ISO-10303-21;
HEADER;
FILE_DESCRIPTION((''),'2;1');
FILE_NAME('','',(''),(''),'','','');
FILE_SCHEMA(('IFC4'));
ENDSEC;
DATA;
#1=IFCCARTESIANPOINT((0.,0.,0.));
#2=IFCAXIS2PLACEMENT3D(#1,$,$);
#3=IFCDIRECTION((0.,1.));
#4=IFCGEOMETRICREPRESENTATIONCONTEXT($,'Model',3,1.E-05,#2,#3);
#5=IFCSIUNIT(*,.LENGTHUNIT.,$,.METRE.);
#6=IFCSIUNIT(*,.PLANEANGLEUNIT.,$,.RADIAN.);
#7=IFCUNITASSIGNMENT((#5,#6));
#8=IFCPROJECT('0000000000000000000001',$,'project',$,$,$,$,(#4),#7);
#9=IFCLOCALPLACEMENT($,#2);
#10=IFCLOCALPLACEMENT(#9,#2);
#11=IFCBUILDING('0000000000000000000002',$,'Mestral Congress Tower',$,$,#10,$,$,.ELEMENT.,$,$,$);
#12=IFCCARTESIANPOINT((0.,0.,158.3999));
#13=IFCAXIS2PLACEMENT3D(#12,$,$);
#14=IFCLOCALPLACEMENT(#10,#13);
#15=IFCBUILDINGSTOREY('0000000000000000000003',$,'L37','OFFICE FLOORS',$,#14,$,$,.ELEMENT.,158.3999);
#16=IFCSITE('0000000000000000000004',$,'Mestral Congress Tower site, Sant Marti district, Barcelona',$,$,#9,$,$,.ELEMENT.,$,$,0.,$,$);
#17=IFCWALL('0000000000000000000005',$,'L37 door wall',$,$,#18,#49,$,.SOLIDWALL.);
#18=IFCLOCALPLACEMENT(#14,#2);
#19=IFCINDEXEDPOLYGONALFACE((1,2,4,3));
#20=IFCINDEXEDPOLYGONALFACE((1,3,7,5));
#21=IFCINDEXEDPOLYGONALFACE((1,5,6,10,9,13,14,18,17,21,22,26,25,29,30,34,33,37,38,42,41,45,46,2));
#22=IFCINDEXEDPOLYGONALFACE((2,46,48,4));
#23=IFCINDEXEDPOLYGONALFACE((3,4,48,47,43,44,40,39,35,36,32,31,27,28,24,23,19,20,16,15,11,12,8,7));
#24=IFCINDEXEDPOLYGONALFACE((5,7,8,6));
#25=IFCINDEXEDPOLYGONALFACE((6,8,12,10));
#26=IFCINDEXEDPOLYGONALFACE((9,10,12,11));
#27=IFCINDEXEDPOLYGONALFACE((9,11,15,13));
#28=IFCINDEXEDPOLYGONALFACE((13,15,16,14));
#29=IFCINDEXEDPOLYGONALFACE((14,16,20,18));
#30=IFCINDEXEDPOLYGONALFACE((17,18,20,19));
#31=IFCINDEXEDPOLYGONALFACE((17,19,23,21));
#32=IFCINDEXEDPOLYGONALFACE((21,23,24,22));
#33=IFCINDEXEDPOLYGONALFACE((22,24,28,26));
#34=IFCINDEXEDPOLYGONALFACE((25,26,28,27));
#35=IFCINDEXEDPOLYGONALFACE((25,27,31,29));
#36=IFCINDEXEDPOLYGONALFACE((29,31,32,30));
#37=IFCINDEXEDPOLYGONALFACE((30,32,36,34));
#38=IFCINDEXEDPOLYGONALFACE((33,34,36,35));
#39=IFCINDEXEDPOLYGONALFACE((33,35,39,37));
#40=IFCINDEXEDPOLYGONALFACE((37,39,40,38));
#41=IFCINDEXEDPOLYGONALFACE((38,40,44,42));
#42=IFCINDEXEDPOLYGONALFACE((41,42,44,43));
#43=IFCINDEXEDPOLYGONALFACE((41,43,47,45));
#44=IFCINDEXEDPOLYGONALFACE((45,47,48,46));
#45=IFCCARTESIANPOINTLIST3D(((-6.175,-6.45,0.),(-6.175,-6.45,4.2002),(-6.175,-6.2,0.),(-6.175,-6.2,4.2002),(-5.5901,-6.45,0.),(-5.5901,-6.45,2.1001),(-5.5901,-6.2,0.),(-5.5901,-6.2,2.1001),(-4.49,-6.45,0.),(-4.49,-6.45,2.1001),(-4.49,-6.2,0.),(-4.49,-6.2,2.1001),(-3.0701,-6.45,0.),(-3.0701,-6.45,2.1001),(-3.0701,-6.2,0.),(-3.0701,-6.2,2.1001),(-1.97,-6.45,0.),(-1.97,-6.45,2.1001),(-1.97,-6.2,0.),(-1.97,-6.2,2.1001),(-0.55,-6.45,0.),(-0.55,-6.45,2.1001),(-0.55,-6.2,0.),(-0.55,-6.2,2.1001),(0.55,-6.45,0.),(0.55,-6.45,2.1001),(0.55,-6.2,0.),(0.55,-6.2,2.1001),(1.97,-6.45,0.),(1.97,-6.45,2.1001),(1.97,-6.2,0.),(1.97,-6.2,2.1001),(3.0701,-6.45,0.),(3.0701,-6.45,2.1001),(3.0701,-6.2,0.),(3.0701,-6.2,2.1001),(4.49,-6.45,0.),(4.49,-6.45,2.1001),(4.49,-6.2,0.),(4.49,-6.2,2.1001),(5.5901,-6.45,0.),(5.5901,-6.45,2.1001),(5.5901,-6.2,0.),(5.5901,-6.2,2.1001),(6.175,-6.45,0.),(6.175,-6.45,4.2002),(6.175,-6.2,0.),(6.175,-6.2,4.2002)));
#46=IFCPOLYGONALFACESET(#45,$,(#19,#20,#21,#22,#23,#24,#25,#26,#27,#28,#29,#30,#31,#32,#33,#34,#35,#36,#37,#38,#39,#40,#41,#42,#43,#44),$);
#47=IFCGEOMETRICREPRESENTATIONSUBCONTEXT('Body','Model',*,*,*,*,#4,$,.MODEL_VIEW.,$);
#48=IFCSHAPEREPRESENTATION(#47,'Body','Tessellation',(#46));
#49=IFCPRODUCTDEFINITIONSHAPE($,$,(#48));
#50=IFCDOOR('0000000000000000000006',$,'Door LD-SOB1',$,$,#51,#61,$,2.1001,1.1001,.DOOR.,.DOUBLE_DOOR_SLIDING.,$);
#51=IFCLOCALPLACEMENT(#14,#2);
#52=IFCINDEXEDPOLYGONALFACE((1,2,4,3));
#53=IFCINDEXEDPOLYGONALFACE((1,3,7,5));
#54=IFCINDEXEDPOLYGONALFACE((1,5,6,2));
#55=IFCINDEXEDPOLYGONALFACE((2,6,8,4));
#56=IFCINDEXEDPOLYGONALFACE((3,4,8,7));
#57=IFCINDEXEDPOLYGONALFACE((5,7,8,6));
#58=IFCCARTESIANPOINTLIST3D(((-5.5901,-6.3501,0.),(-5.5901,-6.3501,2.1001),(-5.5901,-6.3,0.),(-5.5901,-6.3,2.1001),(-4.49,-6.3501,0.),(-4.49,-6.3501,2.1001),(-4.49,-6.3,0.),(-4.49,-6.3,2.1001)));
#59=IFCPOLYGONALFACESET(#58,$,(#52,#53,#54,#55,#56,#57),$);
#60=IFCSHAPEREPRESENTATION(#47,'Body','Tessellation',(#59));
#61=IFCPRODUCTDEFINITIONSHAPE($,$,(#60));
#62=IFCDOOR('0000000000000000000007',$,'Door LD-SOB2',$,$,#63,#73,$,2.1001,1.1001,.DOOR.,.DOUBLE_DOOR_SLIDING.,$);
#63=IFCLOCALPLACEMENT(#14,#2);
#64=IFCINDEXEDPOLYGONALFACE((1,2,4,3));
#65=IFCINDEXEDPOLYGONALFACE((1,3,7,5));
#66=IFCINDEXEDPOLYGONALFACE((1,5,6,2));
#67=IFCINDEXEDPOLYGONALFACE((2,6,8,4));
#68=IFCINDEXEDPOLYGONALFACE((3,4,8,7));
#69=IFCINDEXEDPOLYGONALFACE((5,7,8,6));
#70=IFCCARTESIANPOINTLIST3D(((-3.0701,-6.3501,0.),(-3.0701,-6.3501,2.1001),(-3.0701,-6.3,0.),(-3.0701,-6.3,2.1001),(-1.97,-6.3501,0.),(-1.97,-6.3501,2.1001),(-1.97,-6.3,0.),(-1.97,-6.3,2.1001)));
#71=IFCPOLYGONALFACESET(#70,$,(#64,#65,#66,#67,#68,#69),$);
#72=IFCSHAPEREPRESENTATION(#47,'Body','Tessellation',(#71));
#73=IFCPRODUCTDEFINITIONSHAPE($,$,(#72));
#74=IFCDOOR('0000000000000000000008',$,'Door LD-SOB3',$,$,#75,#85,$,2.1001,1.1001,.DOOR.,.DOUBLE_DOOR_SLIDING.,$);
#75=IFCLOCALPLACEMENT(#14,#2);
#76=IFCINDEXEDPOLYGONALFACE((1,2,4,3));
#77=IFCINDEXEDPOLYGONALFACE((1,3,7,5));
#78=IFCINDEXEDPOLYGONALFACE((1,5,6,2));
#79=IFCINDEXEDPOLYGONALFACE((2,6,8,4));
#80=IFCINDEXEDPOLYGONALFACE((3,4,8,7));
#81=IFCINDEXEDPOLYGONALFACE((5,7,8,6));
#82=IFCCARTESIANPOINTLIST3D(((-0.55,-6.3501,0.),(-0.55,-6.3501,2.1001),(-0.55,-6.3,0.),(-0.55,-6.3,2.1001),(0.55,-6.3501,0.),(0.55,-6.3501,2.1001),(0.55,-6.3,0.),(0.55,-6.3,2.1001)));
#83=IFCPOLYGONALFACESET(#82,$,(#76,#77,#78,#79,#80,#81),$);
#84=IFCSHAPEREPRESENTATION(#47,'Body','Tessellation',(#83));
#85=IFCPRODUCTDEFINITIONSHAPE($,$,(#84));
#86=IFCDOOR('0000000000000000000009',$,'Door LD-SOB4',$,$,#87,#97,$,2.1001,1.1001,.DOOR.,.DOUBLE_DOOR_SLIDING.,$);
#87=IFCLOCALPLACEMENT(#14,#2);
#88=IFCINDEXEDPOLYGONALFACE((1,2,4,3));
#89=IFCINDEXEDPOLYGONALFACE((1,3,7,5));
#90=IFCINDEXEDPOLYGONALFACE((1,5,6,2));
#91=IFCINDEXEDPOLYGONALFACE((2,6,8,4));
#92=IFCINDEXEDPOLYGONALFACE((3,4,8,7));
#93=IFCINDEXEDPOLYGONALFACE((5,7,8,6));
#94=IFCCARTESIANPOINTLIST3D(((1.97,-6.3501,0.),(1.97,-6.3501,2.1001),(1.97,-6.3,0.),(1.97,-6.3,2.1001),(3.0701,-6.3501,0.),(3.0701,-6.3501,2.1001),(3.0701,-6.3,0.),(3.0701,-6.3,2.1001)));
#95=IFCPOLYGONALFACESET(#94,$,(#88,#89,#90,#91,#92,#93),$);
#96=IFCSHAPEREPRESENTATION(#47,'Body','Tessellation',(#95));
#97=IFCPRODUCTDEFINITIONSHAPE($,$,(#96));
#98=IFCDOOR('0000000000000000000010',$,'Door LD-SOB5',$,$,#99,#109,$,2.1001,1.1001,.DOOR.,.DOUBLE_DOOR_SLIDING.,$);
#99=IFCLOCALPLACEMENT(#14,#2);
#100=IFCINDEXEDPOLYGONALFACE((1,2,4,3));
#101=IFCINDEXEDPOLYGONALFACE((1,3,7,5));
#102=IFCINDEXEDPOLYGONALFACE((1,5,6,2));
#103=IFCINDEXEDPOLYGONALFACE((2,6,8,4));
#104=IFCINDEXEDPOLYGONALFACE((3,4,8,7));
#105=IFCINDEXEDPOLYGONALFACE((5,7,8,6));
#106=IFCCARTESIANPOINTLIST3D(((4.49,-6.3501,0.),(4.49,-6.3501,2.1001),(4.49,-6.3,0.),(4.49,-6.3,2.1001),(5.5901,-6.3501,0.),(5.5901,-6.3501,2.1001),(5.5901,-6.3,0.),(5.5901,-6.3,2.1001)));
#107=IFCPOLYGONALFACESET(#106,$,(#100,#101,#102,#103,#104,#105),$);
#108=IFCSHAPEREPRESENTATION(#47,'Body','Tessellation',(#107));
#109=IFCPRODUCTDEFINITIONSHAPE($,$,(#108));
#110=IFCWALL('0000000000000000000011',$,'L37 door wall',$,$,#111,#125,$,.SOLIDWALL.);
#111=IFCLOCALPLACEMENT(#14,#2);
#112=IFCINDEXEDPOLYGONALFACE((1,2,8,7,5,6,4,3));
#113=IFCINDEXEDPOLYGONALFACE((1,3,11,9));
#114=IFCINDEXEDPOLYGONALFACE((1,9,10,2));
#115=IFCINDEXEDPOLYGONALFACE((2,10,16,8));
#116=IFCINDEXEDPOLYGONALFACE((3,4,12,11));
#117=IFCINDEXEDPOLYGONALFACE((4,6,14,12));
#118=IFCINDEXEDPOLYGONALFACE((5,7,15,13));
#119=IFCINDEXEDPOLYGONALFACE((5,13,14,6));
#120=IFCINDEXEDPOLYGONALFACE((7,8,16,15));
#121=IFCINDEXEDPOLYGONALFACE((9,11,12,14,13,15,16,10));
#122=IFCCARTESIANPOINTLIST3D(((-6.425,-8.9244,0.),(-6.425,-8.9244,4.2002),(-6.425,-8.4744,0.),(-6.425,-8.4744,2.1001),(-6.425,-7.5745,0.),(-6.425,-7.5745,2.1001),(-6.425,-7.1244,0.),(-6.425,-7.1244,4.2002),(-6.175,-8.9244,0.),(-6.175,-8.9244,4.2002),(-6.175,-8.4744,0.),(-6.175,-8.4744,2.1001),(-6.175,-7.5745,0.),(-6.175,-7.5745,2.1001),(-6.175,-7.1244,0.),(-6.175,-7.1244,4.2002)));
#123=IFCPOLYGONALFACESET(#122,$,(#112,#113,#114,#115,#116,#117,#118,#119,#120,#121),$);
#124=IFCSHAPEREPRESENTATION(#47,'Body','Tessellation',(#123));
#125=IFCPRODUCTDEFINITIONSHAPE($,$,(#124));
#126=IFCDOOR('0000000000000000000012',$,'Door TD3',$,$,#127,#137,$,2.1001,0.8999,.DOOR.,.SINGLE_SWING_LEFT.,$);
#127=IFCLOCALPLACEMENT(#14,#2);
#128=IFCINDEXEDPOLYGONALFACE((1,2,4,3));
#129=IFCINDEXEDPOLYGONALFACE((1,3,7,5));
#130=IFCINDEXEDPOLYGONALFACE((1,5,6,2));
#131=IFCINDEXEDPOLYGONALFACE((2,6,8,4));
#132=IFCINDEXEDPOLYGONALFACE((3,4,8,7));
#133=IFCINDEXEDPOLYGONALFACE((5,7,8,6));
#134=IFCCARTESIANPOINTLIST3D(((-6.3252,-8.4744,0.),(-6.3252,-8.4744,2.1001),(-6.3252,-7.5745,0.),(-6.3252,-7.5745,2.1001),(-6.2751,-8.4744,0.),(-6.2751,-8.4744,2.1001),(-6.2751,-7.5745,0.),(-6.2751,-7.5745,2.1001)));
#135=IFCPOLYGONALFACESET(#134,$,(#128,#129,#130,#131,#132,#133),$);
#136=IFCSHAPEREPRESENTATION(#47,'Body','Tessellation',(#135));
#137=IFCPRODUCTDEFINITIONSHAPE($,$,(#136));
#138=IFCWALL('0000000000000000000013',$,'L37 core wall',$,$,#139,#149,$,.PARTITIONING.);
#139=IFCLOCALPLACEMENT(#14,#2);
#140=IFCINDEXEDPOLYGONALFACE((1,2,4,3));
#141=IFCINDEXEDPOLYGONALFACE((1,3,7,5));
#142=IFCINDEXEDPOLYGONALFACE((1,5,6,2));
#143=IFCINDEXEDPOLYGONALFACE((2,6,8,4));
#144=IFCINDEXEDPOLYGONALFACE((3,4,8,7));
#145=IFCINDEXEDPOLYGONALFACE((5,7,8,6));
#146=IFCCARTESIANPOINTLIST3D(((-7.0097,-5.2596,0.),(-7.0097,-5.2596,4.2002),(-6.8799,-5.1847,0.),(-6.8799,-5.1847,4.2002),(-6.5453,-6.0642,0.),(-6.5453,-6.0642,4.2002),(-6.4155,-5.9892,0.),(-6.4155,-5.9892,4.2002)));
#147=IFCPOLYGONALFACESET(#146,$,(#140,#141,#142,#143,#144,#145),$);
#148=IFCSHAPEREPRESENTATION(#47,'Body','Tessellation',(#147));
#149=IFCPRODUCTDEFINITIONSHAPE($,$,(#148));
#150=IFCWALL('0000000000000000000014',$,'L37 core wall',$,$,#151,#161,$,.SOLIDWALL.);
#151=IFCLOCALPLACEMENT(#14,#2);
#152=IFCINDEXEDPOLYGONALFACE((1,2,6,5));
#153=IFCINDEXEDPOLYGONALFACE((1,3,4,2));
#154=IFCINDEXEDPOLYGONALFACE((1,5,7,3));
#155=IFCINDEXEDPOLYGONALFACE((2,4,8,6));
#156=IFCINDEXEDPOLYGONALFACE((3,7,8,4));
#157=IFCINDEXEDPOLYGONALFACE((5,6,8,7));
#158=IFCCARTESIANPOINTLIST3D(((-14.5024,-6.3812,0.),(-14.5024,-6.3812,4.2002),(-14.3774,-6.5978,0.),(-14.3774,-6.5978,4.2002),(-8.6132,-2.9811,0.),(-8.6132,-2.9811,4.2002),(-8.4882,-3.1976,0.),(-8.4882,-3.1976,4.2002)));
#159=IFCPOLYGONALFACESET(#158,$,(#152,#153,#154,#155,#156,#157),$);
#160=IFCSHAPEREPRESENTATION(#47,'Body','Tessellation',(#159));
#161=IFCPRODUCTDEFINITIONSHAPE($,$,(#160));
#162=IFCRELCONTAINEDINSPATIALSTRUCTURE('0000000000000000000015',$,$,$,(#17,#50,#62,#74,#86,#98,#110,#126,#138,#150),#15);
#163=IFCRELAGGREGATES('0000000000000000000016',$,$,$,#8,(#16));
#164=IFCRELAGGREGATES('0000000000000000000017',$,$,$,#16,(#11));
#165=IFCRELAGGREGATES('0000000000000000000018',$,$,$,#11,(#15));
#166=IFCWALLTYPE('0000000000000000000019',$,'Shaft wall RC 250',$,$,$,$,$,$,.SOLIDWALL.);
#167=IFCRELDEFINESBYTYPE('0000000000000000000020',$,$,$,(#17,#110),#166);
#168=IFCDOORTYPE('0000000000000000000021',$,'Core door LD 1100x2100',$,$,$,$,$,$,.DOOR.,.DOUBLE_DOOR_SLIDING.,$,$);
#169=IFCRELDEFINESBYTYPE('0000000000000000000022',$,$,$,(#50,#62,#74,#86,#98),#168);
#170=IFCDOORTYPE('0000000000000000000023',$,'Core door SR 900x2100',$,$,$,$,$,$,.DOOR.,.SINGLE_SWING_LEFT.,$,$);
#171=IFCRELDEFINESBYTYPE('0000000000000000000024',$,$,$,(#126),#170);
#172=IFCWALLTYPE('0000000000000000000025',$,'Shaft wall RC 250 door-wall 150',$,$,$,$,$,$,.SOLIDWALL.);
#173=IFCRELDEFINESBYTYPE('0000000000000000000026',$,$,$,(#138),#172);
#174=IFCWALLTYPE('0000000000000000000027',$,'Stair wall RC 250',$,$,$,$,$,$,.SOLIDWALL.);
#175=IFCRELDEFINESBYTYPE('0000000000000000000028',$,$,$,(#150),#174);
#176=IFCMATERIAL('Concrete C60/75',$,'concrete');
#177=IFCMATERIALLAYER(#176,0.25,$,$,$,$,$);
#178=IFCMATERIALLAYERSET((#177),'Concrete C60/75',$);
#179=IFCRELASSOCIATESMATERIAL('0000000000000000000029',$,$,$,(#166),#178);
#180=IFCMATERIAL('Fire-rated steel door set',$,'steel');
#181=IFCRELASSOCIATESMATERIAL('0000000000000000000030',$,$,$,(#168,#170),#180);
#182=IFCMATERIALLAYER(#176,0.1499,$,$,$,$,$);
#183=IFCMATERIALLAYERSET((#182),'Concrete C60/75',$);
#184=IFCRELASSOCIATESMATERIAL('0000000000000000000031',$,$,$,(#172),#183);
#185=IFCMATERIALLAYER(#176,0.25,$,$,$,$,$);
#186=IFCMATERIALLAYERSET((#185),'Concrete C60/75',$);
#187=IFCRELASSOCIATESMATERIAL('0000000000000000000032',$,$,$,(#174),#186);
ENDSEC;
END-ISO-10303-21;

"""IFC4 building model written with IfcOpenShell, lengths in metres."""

from ifc_helpers import new_model, si_unit, direction, frame, frame_2d, origin, place, context, subcontext, project, spatial, rectangle, extrude, material, layer, layer_set, type_object, element, fill, save


model = new_model("IFC4")

# Units and contexts
model_context = context("Model", 3, precision=1e-05, world=origin(), true_north=direction((0.0, 1.0)))
body_context = subcontext(model_context, "Body", "Model", "MODEL_VIEW")
ifc_project = project(units=[si_unit("LENGTHUNIT", "METRE"), si_unit("PLANEANGLEUNIT", "RADIAN")], contexts=[model_context])

# Site, building, storey
site_placement = place(None, origin())
site = spatial("IfcSite", under=ifc_project, at=site_placement, Name="Mestral Congress Tower site, Sant Marti district, Barcelona", CompositionType="ELEMENT", RefElevation=0.0)
building_placement = place(site_placement, origin())
building = spatial("IfcBuilding", under=site, at=building_placement, Name="Mestral Congress Tower", CompositionType="ELEMENT")
storey_placement = place(building_placement, frame((0.0, 0.0, 158.3999)))
storey = spatial("IfcBuildingStorey", under=building, at=storey_placement, Name="L37", Description="OFFICE FLOORS", CompositionType="ELEMENT", Elevation=158.3999)

# Shared definitions
ifc_material_1 = material(Name="Fire-rated steel door set", Category="steel")

# Shared definitions
ifc_material_2 = material(Name="Concrete C60/75", Category="concrete")
ifc_layer_1 = layer(ifc_material_2, 0.25)
ifc_layer_set_1 = layer_set([ifc_layer_1], Name="Concrete C60/75")
wall_type_1 = type_object("IfcWallType", Name="Shaft wall RC 250", PredefinedType="SOLIDWALL", material=ifc_layer_set_1)

# Wall, openings, doors
wall_1_placement = place(storey_placement, frame((-6.175, -6.325, 0.0), z_axis=(0.0, 0.0, 1.0), x_axis=(1.0, 0.0, 0.0)))
wall_1 = element("IfcWall", 1, at=wall_1_placement, inside=storey, type_object=wall_type_1, Name="L37 door wall", PredefinedType="SOLIDWALL", context=body_context, shape_type="SweptSolid", body=[
    extrude(rectangle(XDim=12.3501, YDim=0.25, at=frame_2d((6.175, 0.0))), origin(), (0.0, 0.0, 1.0), 4.2002),
])
opening_1_placement = place(wall_1_placement, frame((0.585, 0.0, 0.0)))
opening_1 = element("IfcOpeningElement", 2, at=opening_1_placement, cuts=wall_1, PredefinedType="OPENING", context=body_context, shape_type="SweptSolid", body=[
    extrude(rectangle(XDim=1.1001, YDim=2.1001, at=frame_2d((0.55, 1.05))), frame((0.0, 0.135, 0.0), z_axis=(0.0, -1.0, 0.0), x_axis=(1.0, 0.0, 0.0)), (0.0, 0.0, 1.0), 0.27),
])
opening_2_placement = place(wall_1_placement, frame((3.105, 0.0, 0.0)))
opening_2 = element("IfcOpeningElement", 3, at=opening_2_placement, cuts=wall_1, PredefinedType="OPENING", context=body_context, shape_type="SweptSolid", body=[
    extrude(rectangle(XDim=1.1001, YDim=2.1001, at=frame_2d((0.55, 1.05))), frame((0.0, 0.135, 0.0), z_axis=(0.0, -1.0, 0.0), x_axis=(1.0, 0.0, 0.0)), (0.0, 0.0, 1.0), 0.27),
])
opening_3_placement = place(wall_1_placement, frame((5.625, 0.0, 0.0)))
opening_3 = element("IfcOpeningElement", 4, at=opening_3_placement, cuts=wall_1, PredefinedType="OPENING", context=body_context, shape_type="SweptSolid", body=[
    extrude(rectangle(XDim=1.1001, YDim=2.1001, at=frame_2d((0.55, 1.05))), frame((0.0, 0.135, 0.0), z_axis=(0.0, -1.0, 0.0), x_axis=(1.0, 0.0, 0.0)), (0.0, 0.0, 1.0), 0.27),
])
opening_4_placement = place(wall_1_placement, frame((8.145, 0.0, 0.0)))
opening_4 = element("IfcOpeningElement", 5, at=opening_4_placement, cuts=wall_1, PredefinedType="OPENING", context=body_context, shape_type="SweptSolid", body=[
    extrude(rectangle(XDim=1.1001, YDim=2.1001, at=frame_2d((0.55, 1.05))), frame((0.0, 0.135, 0.0), z_axis=(0.0, -1.0, 0.0), x_axis=(1.0, 0.0, 0.0)), (0.0, 0.0, 1.0), 0.27),
])
opening_5_placement = place(wall_1_placement, frame((10.665, 0.0, 0.0)))
opening_5 = element("IfcOpeningElement", 6, at=opening_5_placement, cuts=wall_1, PredefinedType="OPENING", context=body_context, shape_type="SweptSolid", body=[
    extrude(rectangle(XDim=1.1001, YDim=2.1001, at=frame_2d((0.55, 1.05))), frame((0.0, 0.135, 0.0), z_axis=(0.0, -1.0, 0.0), x_axis=(1.0, 0.0, 0.0)), (0.0, 0.0, 1.0), 0.27),
])
door_type_1 = type_object("IfcDoorType", Name="Core door LD 1100x2100", OperationType="DOUBLE_DOOR_SLIDING", PredefinedType="DOOR", material=ifc_material_1)
door_1_placement = place(opening_1_placement, origin())
door_1 = element("IfcDoor", 7, at=door_1_placement, inside=storey, type_object=door_type_1, Name="Door LD-SOB1", OperationType="DOUBLE_DOOR_SLIDING", OverallHeight=2.1001, OverallWidth=1.1001, PredefinedType="DOOR", context=body_context, shape_type="SweptSolid", body=[
    extrude(rectangle(XDim=1.1001, YDim=2.1001, at=frame_2d((0.55, 1.05))), frame((0.0, 0.0249, 0.0), z_axis=(0.0, -1.0, 0.0), x_axis=(1.0, 0.0, 0.0)), (0.0, 0.0, 1.0), 0.05),
])
fill(opening_1, door_1)
door_2_placement = place(opening_2_placement, origin())
door_2 = element("IfcDoor", 8, at=door_2_placement, inside=storey, type_object=door_type_1, Name="Door LD-SOB2", OperationType="DOUBLE_DOOR_SLIDING", OverallHeight=2.1001, OverallWidth=1.1001, PredefinedType="DOOR", context=body_context, shape_type="SweptSolid", body=[
    extrude(rectangle(XDim=1.1001, YDim=2.1001, at=frame_2d((0.55, 1.05))), frame((0.0, 0.0249, 0.0), z_axis=(0.0, -1.0, 0.0), x_axis=(1.0, 0.0, 0.0)), (0.0, 0.0, 1.0), 0.05),
])
fill(opening_2, door_2)
door_3_placement = place(opening_3_placement, origin())
door_3 = element("IfcDoor", 9, at=door_3_placement, inside=storey, type_object=door_type_1, Name="Door LD-SOB3", OperationType="DOUBLE_DOOR_SLIDING", OverallHeight=2.1001, OverallWidth=1.1001, PredefinedType="DOOR", context=body_context, shape_type="SweptSolid", body=[
    extrude(rectangle(XDim=1.1001, YDim=2.1001, at=frame_2d((0.55, 1.05))), frame((0.0, 0.0249, 0.0), z_axis=(0.0, -1.0, 0.0), x_axis=(1.0, 0.0, 0.0)), (0.0, 0.0, 1.0), 0.05),
])
fill(opening_3, door_3)
door_4_placement = place(opening_4_placement, origin())
door_4 = element("IfcDoor", 10, at=door_4_placement, inside=storey, type_object=door_type_1, Name="Door LD-SOB4", OperationType="DOUBLE_DOOR_SLIDING", OverallHeight=2.1001, OverallWidth=1.1001, PredefinedType="DOOR", context=body_context, shape_type="SweptSolid", body=[
    extrude(rectangle(XDim=1.1001, YDim=2.1001, at=frame_2d((0.55, 1.05))), frame((0.0, 0.0249, 0.0), z_axis=(0.0, -1.0, 0.0), x_axis=(1.0, 0.0, 0.0)), (0.0, 0.0, 1.0), 0.05),
])
fill(opening_4, door_4)
door_5_placement = place(opening_5_placement, origin())
door_5 = element("IfcDoor", 11, at=door_5_placement, inside=storey, type_object=door_type_1, Name="Door LD-SOB5", OperationType="DOUBLE_DOOR_SLIDING", OverallHeight=2.1001, OverallWidth=1.1001, PredefinedType="DOOR", context=body_context, shape_type="SweptSolid", body=[
    extrude(rectangle(XDim=1.1001, YDim=2.1001, at=frame_2d((0.55, 1.05))), frame((0.0, 0.0249, 0.0), z_axis=(0.0, -1.0, 0.0), x_axis=(1.0, 0.0, 0.0)), (0.0, 0.0, 1.0), 0.05),
])
fill(opening_5, door_5)

# Wall, opening, door
wall_2_placement = place(storey_placement, frame((-6.3, -7.1245, 0.0), z_axis=(0.0, 0.0, 1.0), x_axis=(0.0, -1.0, 0.0)))
wall_2 = element("IfcWall", 12, at=wall_2_placement, inside=storey, type_object=wall_type_1, Name="L37 door wall", PredefinedType="SOLIDWALL", context=body_context, shape_type="SweptSolid", body=[
    extrude(rectangle(XDim=1.8, YDim=0.25, at=frame_2d((0.8999, 0.0))), origin(), (0.0, 0.0, 1.0), 4.2002),
])
opening_6_placement = place(wall_2_placement, frame((0.45, 0.0, 0.0)))
opening_6 = element("IfcOpeningElement", 13, at=opening_6_placement, cuts=wall_2, PredefinedType="OPENING", context=body_context, shape_type="SweptSolid", body=[
    extrude(rectangle(XDim=0.8999, YDim=2.1001, at=frame_2d((0.45, 1.05))), frame((0.0, 0.135, 0.0), z_axis=(0.0, -1.0, 0.0), x_axis=(1.0, 0.0, 0.0)), (0.0, 0.0, 1.0), 0.27),
])
door_type_2 = type_object("IfcDoorType", Name="Core door SR 900x2100", OperationType="SINGLE_SWING_LEFT", PredefinedType="DOOR", material=ifc_material_1)
door_6_placement = place(opening_6_placement, origin())
door_6 = element("IfcDoor", 14, at=door_6_placement, inside=storey, type_object=door_type_2, Name="Door TD3", OperationType="SINGLE_SWING_LEFT", OverallHeight=2.1001, OverallWidth=0.8999, PredefinedType="DOOR", context=body_context, shape_type="SweptSolid", body=[
    extrude(rectangle(XDim=0.8999, YDim=2.1001, at=frame_2d((0.45, 1.05))), frame((0.0, 0.0249, 0.0), z_axis=(0.0, -1.0, 0.0), x_axis=(1.0, 0.0, 0.0)), (0.0, 0.0, 1.0), 0.05),
])
fill(opening_6, door_6)

# Walls
ifc_layer_2 = layer(ifc_material_2, 0.1499)
ifc_layer_set_2 = layer_set([ifc_layer_2], Name="Concrete C60/75")
wall_type_2 = type_object("IfcWallType", Name="Shaft wall RC 250 door-wall 150", PredefinedType="SOLIDWALL", material=ifc_layer_set_2)
wall_3_placement = place(storey_placement, frame((-6.4805, -6.0266, 0.0), z_axis=(0.0, 0.0, 1.0), x_axis=(-0.499927, 0.866067, 0.0)))
element("IfcWall", 15, at=wall_3_placement, inside=storey, type_object=wall_type_2, Name="L37 core wall", PredefinedType="PARTITIONING", context=body_context, shape_type="SweptSolid", body=[
    extrude(rectangle(XDim=0.929, YDim=0.1499, at=frame_2d((0.4644, 0.0))), origin(), (0.0, 0.0, 1.0), 4.2002),
])
ifc_layer_3 = layer(ifc_material_2, 0.25)
ifc_layer_set_3 = layer_set([ifc_layer_3], Name="Concrete C60/75")
wall_type_3 = type_object("IfcWallType", Name="Stair wall RC 250", PredefinedType="SOLIDWALL", material=ifc_layer_set_3)
wall_4_placement = place(storey_placement, frame((-14.4399, -6.4895, 0.0), z_axis=(0.0, 0.0, 1.0), x_axis=(0.866023, 0.500004, 0.0)))
element("IfcWall", 16, at=wall_4_placement, inside=storey, type_object=wall_type_3, Name="L37 core wall", PredefinedType="SOLIDWALL", context=body_context, shape_type="SweptSolid", body=[
    extrude(rectangle(XDim=6.8003, YDim=0.25, at=frame_2d((3.4001, 0.0))), origin(), (0.0, 0.0, 1.0), 4.2002),
])

save(model, "model.ifc")
